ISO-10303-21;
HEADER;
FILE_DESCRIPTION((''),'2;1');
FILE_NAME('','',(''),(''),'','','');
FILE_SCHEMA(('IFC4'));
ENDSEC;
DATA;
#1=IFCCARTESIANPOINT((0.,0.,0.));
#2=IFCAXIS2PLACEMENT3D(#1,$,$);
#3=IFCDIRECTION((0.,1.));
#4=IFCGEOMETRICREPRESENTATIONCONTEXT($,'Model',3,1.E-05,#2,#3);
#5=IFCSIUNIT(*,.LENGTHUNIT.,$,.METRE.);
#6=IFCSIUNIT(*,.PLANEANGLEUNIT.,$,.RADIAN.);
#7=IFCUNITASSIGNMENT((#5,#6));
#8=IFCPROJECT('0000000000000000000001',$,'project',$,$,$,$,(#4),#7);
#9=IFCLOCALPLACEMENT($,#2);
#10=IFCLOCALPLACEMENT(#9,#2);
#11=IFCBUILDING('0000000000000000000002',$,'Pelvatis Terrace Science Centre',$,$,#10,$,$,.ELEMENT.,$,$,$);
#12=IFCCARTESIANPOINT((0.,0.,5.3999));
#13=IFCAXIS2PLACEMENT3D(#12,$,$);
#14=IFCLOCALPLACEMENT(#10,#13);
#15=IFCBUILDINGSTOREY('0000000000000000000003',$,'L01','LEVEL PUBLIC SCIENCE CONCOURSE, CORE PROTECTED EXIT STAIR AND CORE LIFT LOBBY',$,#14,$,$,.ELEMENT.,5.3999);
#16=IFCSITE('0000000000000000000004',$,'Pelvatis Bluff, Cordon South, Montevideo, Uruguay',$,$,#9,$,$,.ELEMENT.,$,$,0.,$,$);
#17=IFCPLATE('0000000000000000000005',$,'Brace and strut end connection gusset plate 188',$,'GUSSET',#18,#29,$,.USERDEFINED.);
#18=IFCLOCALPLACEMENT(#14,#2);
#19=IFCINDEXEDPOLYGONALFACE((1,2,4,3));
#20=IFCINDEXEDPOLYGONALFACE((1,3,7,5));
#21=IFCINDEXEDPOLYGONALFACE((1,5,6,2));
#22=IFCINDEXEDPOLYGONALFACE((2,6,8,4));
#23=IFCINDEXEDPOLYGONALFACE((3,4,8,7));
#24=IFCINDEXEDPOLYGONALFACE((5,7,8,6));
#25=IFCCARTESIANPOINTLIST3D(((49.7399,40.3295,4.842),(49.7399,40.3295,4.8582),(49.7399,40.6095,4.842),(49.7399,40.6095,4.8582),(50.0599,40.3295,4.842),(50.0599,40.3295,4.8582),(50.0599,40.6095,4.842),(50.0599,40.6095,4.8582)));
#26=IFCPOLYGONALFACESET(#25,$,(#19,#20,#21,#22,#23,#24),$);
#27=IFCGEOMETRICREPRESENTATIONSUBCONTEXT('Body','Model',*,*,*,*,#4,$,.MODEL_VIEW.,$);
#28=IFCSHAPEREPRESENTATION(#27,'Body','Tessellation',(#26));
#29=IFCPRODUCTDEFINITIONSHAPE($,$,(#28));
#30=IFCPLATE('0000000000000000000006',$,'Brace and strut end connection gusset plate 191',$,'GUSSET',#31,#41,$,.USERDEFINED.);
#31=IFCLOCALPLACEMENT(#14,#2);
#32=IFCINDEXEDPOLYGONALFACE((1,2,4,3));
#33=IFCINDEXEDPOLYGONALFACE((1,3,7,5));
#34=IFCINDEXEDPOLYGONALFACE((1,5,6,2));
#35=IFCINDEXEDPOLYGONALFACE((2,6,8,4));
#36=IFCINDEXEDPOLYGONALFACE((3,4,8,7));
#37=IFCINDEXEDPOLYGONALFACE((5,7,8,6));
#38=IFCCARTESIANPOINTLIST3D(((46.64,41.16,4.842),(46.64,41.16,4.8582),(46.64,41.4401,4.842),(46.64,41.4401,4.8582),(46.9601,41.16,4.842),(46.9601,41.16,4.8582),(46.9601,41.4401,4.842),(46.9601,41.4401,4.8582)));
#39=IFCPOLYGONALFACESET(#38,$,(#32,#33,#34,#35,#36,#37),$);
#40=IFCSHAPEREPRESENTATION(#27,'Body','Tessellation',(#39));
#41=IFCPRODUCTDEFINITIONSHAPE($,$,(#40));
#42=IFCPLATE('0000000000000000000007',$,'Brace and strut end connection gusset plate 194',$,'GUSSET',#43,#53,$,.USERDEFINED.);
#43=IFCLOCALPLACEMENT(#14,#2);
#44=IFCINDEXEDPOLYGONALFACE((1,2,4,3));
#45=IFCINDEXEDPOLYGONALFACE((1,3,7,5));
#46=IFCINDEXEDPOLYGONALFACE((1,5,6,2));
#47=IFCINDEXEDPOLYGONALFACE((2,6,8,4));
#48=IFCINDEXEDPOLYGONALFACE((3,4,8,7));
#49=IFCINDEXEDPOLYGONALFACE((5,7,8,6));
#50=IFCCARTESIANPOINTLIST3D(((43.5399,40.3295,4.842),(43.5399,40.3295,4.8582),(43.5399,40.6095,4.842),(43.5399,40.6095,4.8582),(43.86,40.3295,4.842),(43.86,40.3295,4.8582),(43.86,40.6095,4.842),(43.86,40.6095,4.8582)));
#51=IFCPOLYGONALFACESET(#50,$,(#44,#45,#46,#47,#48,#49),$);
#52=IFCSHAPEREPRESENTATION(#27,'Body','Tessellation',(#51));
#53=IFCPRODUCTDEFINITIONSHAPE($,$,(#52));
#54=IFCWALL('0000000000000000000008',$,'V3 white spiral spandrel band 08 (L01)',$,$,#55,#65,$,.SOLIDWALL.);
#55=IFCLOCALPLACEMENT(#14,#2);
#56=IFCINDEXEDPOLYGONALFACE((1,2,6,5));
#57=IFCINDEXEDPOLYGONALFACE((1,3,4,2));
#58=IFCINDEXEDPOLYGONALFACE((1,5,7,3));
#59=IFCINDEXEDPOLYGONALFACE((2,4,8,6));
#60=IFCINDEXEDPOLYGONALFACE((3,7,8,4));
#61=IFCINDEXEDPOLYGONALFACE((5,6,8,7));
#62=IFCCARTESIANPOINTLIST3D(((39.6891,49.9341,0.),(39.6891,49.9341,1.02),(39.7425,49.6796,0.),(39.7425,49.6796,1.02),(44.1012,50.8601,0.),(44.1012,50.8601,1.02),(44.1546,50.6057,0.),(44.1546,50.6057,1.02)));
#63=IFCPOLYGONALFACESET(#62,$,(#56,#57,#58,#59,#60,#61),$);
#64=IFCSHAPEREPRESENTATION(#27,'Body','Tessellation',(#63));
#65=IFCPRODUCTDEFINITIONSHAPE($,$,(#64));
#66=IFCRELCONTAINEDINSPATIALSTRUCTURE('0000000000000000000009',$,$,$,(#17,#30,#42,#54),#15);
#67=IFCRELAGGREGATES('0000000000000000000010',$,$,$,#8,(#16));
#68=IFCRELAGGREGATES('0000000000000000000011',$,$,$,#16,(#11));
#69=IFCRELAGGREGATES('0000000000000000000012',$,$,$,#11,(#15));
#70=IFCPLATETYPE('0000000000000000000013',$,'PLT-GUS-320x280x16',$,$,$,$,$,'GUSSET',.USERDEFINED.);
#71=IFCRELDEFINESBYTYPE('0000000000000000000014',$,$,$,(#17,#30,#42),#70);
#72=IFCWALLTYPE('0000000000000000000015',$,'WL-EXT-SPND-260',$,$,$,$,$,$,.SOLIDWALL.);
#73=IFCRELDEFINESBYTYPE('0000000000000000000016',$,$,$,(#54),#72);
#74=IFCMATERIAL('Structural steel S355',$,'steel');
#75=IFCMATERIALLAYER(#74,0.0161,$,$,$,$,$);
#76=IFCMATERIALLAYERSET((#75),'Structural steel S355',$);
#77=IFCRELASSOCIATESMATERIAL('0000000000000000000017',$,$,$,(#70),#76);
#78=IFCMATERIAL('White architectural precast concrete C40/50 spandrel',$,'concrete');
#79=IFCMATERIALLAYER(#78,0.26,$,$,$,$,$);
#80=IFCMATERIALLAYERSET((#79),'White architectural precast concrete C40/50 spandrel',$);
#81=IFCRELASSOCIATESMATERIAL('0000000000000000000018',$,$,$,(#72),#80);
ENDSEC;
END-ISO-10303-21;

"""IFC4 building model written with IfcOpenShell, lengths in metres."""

from ifc_helpers import new_model, si_unit, direction, frame, frame_2d, origin, origin_2d, place, context, subcontext, project, spatial, rectangle, extrude, material, layer, layer_set, type_object, element, save


model = new_model("IFC4")

# Units and contexts
model_context = context("Model", 3, precision=1e-05, world=origin(), true_north=direction((0.0, 1.0)))
body_context = subcontext(model_context, "Body", "Model", "MODEL_VIEW")
ifc_project = project(units=[si_unit("LENGTHUNIT", "METRE"), si_unit("PLANEANGLEUNIT", "RADIAN")], contexts=[model_context])

# Site, building, storey
site_placement = place(None, origin())
site = spatial("IfcSite", under=ifc_project, at=site_placement, Name="Pelvatis Bluff, Cordon South, Montevideo, Uruguay", CompositionType="ELEMENT", RefElevation=0.0)
building_placement = place(site_placement, origin())
building = spatial("IfcBuilding", under=site, at=building_placement, Name="Pelvatis Terrace Science Centre", CompositionType="ELEMENT")
storey_placement = place(building_placement, frame((0.0, 0.0, 5.3999)))
storey = spatial("IfcBuildingStorey", under=building, at=storey_placement, Name="L01", Description="LEVEL PUBLIC SCIENCE CONCOURSE, CORE PROTECTED EXIT STAIR AND CORE LIFT LOBBY", CompositionType="ELEMENT", Elevation=5.3999)

# Plates
ifc_material_1 = material(Name="Structural steel S355", Category="steel")
ifc_layer_1 = layer(ifc_material_1, 0.0161)
ifc_layer_set_1 = layer_set([ifc_layer_1], Name="Structural steel S355")
plate_type_1 = type_object("IfcPlateType", Name="PLT-GUS-320x280x16", ElementType="GUSSET", PredefinedType="USERDEFINED", material=ifc_layer_set_1)
for number, where, z_axis, x_axis, name in (
    (1, (49.8999, 40.4695, 4.842), (0.0, 0.0, 1.0), (1.0, 0.0, 0.0), "Brace and strut end connection gusset plate 188"),
    (2, (46.8, 41.3, 4.842), (0.0, 0.0, 1.0), (1.0, 0.0, 0.0), "Brace and strut end connection gusset plate 191"),
    (3, (43.7, 40.4695, 4.842), (0.0, 0.0, 1.0), (1.0, 0.0, 0.0), "Brace and strut end connection gusset plate 194"),
):
    element("IfcPlate", number, at=place(storey_placement, frame(where, z_axis=z_axis, x_axis=x_axis)), inside=storey, type_object=plate_type_1, Name=name, ObjectType="GUSSET", PredefinedType="USERDEFINED", context=body_context, shape_type="SweptSolid", body=[
        extrude(rectangle(XDim=0.3201, YDim=0.28, at=origin_2d()), origin(), (0.0, 0.0, 1.0), 0.0161),
    ])

# Wall
ifc_material_2 = material(Name="White architectural precast concrete C40/50 spandrel", Category="concrete")
ifc_layer_2 = layer(ifc_material_2, 0.26)
ifc_layer_set_2 = layer_set([ifc_layer_2], Name="White architectural precast concrete C40/50 spandrel")
wall_type = type_object("IfcWallType", Name="WL-EXT-SPND-260", PredefinedType="SOLIDWALL", material=ifc_layer_set_2)
wall_placement = place(storey_placement, frame((44.1279, 50.7329, 0.0), z_axis=(0.0, 0.0, 1.0), x_axis=(-0.978677, -0.205407, 0.0)))
element("IfcWall", 4, at=wall_placement, inside=storey, type_object=wall_type, Name="V3 white spiral spandrel band 08 (L01)", PredefinedType="SOLIDWALL", context=body_context, shape_type="SweptSolid", body=[
    extrude(rectangle(XDim=4.5083, YDim=0.26, at=frame_2d((2.2542, 0.0))), origin(), (0.0, 0.0, 1.0), 1.02),
])

save(model, "model.ifc")
